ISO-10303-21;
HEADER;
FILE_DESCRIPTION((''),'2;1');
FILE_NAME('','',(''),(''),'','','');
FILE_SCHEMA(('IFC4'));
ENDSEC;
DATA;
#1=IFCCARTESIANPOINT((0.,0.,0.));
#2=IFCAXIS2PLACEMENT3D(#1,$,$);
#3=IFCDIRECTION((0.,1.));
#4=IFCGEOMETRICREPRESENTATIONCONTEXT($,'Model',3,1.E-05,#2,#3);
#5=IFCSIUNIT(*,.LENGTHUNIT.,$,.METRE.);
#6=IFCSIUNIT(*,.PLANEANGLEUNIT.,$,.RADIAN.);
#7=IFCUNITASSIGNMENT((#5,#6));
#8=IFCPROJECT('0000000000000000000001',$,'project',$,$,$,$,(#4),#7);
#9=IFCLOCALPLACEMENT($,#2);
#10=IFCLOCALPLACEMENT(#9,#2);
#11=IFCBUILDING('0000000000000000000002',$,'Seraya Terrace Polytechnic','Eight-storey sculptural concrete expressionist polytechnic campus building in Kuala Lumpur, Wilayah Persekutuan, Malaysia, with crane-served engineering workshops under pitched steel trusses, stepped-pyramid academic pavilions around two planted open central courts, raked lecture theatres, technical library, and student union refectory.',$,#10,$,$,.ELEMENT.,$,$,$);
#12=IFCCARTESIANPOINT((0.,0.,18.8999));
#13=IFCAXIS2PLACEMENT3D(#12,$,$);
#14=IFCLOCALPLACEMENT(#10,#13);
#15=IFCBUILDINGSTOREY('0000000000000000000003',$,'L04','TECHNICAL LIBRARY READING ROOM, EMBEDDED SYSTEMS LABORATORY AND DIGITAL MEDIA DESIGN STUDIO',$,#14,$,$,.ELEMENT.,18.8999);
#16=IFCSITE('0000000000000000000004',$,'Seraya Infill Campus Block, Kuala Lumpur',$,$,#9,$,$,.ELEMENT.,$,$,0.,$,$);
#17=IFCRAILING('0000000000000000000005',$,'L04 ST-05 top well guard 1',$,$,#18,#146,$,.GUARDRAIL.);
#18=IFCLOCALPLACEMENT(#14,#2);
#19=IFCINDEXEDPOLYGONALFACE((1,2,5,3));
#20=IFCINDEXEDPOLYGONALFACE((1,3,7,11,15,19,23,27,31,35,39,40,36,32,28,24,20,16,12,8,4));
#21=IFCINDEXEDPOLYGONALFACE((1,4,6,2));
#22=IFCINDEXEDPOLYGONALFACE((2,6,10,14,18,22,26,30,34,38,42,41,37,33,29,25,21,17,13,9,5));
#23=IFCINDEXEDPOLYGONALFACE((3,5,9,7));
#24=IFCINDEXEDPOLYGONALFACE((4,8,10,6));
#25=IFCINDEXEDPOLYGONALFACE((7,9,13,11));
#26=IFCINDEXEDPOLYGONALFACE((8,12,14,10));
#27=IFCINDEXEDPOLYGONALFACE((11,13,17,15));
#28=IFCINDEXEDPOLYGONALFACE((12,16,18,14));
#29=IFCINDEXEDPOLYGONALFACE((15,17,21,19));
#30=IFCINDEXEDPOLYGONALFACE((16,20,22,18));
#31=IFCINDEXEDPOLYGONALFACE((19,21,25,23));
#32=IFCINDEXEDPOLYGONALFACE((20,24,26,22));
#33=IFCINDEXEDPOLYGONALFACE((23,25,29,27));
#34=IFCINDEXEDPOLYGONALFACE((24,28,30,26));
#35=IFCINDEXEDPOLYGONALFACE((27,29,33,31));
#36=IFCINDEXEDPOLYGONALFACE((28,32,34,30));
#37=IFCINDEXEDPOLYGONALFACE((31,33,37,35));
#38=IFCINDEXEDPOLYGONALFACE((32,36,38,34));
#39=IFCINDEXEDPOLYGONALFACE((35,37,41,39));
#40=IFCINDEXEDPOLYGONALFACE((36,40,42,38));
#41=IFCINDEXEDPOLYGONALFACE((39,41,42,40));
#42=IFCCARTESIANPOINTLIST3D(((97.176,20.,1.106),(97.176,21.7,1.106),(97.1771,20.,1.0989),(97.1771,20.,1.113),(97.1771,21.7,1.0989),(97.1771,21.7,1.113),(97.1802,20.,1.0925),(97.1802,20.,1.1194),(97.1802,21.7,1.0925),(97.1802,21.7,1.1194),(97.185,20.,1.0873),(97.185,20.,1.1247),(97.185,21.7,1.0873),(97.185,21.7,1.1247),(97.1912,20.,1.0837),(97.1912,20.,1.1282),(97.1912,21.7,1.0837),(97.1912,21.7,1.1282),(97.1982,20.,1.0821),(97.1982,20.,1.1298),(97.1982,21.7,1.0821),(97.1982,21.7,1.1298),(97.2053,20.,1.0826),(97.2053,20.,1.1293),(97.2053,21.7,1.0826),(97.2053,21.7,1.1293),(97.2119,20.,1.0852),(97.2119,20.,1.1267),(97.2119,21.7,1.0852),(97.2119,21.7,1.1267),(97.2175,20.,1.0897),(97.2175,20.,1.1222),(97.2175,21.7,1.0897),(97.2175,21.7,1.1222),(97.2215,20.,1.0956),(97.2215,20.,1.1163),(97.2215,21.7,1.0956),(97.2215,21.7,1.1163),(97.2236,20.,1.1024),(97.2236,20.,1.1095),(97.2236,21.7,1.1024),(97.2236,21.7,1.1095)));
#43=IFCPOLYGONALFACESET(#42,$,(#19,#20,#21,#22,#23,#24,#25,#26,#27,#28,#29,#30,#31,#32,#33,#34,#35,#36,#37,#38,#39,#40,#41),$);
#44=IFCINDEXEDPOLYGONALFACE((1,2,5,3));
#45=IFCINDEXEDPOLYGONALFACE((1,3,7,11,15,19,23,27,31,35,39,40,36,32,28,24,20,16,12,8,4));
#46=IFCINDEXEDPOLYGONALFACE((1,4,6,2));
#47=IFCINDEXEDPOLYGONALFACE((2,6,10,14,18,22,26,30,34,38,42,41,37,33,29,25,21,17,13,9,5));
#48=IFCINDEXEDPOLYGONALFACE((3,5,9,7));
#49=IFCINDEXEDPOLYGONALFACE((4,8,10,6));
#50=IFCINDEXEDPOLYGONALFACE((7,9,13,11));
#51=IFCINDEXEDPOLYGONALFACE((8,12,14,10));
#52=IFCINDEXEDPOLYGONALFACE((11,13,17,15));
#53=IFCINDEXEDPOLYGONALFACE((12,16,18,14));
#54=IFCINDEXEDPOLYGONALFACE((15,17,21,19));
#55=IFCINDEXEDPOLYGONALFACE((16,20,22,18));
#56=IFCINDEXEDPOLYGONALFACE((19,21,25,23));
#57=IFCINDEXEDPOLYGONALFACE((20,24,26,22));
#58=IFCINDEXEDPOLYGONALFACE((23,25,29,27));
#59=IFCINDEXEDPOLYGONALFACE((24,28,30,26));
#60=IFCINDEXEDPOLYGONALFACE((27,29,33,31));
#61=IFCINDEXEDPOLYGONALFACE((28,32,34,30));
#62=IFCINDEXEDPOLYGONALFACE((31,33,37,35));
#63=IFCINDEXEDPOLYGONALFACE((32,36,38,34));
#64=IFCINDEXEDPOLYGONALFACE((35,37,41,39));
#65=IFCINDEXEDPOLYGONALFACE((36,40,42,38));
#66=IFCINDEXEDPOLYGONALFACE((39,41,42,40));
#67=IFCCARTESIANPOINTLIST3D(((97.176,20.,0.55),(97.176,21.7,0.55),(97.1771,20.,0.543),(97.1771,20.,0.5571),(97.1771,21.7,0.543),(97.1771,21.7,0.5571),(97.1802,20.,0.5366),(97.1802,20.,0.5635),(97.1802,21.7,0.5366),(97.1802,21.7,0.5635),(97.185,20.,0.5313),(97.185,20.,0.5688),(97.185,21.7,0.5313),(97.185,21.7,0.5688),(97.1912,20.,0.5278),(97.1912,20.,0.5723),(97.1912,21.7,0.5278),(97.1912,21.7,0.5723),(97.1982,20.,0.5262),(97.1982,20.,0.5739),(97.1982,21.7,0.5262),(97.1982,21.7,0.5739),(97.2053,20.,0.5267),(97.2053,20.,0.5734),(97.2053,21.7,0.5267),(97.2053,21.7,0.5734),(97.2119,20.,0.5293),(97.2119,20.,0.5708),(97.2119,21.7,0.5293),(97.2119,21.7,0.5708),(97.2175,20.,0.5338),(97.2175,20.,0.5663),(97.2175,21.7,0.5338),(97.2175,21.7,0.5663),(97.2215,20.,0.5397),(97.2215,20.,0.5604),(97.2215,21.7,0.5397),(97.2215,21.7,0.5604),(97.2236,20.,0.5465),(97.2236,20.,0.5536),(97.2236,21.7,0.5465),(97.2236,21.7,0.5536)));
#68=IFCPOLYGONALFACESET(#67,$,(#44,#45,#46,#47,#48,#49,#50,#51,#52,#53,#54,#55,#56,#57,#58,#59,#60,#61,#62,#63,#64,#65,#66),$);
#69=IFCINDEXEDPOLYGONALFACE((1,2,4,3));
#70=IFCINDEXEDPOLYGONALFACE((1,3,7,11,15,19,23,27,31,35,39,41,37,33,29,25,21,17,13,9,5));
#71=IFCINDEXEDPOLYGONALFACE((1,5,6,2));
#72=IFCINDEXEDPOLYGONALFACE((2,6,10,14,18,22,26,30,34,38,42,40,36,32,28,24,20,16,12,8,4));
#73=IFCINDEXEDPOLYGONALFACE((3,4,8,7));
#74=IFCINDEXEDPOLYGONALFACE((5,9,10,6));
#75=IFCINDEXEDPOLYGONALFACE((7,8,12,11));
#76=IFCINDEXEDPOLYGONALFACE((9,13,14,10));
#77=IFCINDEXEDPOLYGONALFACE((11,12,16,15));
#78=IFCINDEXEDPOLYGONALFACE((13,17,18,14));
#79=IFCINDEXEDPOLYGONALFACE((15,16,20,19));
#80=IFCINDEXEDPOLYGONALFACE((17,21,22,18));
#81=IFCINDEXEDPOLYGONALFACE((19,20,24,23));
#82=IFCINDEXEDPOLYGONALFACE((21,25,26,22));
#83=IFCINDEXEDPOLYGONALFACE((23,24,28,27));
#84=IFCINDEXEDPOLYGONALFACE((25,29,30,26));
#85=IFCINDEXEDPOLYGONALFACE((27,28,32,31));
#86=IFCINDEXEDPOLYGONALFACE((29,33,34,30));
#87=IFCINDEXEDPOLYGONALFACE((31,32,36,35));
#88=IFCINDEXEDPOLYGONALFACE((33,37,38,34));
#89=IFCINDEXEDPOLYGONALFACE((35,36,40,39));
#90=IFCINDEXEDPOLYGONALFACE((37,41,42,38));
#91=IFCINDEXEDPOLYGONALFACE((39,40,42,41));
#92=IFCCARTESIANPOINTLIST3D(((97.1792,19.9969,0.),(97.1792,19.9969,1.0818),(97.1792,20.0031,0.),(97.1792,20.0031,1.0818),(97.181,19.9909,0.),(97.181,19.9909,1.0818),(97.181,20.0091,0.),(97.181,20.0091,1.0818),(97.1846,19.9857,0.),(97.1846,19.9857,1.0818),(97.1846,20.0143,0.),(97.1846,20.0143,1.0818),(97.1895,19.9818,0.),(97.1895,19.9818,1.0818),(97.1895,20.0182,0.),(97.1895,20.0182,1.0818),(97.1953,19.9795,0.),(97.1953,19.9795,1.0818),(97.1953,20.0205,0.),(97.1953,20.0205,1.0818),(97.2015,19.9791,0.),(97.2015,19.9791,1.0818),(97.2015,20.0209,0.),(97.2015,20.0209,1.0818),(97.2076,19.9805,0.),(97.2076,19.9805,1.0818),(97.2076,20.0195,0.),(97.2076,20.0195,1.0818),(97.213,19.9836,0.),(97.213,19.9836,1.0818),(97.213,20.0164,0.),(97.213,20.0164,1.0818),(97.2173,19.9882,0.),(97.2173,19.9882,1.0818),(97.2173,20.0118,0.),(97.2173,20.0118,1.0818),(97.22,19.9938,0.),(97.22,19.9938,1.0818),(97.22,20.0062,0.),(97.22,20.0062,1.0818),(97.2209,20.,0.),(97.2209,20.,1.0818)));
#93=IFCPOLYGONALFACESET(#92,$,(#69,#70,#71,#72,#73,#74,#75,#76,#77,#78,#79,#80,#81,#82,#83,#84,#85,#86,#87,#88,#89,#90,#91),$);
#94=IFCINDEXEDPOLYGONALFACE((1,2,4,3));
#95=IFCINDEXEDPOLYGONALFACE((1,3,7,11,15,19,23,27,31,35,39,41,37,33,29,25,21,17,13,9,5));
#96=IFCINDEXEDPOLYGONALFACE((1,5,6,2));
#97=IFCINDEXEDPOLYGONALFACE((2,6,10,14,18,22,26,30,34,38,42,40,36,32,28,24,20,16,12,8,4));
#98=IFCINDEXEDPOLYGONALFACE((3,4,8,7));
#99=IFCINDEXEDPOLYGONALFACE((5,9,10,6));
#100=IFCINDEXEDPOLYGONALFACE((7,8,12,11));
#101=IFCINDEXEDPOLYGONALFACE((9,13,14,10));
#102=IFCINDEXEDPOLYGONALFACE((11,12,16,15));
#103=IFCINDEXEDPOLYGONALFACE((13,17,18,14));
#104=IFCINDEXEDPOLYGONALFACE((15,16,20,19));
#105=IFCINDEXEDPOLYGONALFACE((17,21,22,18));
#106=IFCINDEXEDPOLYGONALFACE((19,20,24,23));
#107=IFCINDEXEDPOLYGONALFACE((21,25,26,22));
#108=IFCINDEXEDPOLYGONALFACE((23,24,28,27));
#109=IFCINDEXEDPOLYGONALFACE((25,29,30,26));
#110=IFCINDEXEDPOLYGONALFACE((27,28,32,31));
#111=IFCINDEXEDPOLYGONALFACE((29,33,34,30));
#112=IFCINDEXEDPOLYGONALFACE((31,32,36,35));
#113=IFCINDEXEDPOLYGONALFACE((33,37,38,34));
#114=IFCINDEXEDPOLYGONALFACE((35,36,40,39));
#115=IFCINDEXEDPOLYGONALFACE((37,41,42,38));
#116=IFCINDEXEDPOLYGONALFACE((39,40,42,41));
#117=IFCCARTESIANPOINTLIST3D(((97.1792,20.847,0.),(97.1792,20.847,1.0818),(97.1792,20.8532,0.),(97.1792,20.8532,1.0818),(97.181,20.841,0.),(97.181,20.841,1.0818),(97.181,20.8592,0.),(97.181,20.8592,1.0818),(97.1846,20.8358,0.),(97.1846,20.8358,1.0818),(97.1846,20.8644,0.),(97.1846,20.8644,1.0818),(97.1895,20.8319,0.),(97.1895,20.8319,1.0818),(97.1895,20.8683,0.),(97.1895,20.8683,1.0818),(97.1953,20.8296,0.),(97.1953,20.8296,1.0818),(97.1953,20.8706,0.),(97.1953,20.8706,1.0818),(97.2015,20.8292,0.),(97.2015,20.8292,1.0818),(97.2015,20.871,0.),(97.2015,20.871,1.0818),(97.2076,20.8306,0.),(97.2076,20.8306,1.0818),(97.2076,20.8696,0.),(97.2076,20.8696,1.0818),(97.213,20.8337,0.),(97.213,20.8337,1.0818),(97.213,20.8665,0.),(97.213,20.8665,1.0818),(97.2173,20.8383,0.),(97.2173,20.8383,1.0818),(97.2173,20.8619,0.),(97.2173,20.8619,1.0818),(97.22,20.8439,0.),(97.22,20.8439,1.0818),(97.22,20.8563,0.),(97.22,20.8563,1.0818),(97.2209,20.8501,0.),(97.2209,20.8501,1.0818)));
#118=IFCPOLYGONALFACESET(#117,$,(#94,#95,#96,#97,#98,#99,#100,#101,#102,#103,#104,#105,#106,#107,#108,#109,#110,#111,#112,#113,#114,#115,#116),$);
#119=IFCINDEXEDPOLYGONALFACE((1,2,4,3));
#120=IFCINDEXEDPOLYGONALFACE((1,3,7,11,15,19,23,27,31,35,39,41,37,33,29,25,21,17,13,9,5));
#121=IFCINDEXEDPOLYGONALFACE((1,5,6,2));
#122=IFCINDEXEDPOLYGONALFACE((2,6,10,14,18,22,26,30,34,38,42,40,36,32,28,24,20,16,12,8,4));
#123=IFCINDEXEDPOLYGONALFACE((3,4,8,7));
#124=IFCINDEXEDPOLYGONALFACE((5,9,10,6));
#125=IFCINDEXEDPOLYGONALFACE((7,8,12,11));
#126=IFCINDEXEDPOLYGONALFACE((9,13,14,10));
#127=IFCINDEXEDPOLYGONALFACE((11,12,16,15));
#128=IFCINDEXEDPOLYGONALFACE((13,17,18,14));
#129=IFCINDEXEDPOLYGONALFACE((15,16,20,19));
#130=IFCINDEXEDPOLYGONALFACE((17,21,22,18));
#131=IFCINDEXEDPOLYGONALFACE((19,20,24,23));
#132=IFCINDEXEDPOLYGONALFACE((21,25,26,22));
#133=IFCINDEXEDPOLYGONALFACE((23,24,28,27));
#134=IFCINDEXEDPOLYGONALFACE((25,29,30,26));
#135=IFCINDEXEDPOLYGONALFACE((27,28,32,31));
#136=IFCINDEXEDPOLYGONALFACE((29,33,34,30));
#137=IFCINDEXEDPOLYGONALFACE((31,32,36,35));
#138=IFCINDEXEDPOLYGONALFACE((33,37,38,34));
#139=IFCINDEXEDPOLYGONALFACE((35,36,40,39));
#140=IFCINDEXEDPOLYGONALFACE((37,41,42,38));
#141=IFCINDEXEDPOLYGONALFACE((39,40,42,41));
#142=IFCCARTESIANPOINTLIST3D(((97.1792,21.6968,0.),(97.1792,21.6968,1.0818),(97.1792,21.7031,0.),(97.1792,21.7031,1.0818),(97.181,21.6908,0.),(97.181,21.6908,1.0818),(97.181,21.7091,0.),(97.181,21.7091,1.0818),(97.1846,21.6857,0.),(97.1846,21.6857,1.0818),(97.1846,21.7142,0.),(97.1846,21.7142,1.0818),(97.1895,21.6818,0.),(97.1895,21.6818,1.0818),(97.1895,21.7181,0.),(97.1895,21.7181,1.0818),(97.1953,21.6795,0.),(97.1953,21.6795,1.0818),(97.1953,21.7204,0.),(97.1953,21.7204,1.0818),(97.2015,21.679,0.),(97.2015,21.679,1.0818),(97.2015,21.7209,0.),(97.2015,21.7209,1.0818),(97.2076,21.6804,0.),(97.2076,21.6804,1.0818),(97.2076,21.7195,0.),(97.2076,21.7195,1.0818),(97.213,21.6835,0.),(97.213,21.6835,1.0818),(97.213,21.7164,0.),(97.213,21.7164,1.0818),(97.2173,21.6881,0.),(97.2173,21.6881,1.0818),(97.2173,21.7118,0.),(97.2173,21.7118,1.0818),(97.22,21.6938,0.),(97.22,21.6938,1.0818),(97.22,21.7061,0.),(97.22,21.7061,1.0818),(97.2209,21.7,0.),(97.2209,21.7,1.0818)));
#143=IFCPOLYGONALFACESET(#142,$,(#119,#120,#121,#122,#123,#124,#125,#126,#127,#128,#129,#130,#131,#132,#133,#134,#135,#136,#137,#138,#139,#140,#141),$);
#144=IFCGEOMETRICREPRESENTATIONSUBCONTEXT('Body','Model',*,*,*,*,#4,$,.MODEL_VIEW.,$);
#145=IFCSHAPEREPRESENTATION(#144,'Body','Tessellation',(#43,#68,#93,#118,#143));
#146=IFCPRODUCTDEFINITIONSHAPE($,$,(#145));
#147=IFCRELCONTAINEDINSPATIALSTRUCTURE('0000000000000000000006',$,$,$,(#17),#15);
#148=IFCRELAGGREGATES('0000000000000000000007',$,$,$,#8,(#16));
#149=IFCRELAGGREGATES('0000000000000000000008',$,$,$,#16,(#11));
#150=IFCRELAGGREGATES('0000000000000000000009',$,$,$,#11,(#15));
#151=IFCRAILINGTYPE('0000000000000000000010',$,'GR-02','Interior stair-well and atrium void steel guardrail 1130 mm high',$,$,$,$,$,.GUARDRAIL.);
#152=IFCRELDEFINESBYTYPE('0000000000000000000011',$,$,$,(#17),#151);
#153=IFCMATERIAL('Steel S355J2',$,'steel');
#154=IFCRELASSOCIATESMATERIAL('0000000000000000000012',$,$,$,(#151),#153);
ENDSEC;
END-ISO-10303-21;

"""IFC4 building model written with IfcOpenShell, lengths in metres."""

from ifc_helpers import new_model, si_unit, direction, frame, origin, origin_2d, place, context, subcontext, project, spatial, circle, extrude, material, type_object, element, save


model = new_model("IFC4")

# Units and contexts
model_context = context("Model", 3, precision=1e-05, world=origin(), true_north=direction((0.0, 1.0)))
body_context = subcontext(model_context, "Body", "Model", "MODEL_VIEW")
ifc_project = project(units=[si_unit("LENGTHUNIT", "METRE"), si_unit("PLANEANGLEUNIT", "RADIAN")], contexts=[model_context])

# Site, building, storey
site_placement = place(None, origin())
site = spatial("IfcSite", under=ifc_project, at=site_placement, Name="Seraya Infill Campus Block, Kuala Lumpur", CompositionType="ELEMENT", RefElevation=0.0)
building_placement = place(site_placement, origin())
building = spatial("IfcBuilding", under=site, at=building_placement, Name="Seraya Terrace Polytechnic", Description="Eight-storey sculptural concrete expressionist polytechnic campus building in Kuala Lumpur, Wilayah Persekutuan, Malaysia, with crane-served engineering workshops under pitched steel trusses, stepped-pyramid academic pavilions around two planted open central courts, raked lecture theatres, technical library, and student union refectory.", CompositionType="ELEMENT")
storey_placement = place(building_placement, frame((0.0, 0.0, 18.8999)))
storey = spatial("IfcBuildingStorey", under=building, at=storey_placement, Name="L04", Description="TECHNICAL LIBRARY READING ROOM, EMBEDDED SYSTEMS LABORATORY AND DIGITAL MEDIA DESIGN STUDIO", CompositionType="ELEMENT", Elevation=18.8999)

# Shared definitions
ifc_material_1 = material(Name="Steel S355J2", Category="steel")

# Railing
railing_type = type_object("IfcRailingType", Name="GR-02", Description="Interior stair-well and atrium void steel guardrail 1130 mm high", PredefinedType="GUARDRAIL", material=ifc_material_1)
railing_placement = place(storey_placement, frame((97.2, 20.0, 0.0)))
element("IfcRailing", 1, at=railing_placement, inside=storey, type_object=railing_type, Name="L04 ST-05 top well guard 1", PredefinedType="GUARDRAIL", context=body_context, shape_type="SweptSolid", body=[
    extrude(circle(Radius=0.0239, at=origin_2d()), frame((0.0, 0.0, 1.106), z_axis=(0.0, 1.0, 0.0), x_axis=(-1.0, 0.0, 0.0)), (0.0, 0.0, 1.0), 1.7),
    extrude(circle(Radius=0.0239, at=origin_2d()), frame((0.0, 0.0, 0.55), z_axis=(0.0, 1.0, 0.0), x_axis=(-1.0, 0.0, 0.0)), (0.0, 0.0, 1.0), 1.7),
    extrude(circle(Radius=0.021, at=origin_2d()), origin(), (0.0, 0.0, 1.0), 1.0818),
    extrude(circle(Radius=0.021, at=origin_2d()), frame((0.0, 0.8501, 0.0)), (0.0, 0.0, 1.0), 1.0818),
    extrude(circle(Radius=0.021, at=origin_2d()), frame((0.0, 1.7, 0.0)), (0.0, 0.0, 1.0), 1.0818),
])

save(model, "model.ifc")
